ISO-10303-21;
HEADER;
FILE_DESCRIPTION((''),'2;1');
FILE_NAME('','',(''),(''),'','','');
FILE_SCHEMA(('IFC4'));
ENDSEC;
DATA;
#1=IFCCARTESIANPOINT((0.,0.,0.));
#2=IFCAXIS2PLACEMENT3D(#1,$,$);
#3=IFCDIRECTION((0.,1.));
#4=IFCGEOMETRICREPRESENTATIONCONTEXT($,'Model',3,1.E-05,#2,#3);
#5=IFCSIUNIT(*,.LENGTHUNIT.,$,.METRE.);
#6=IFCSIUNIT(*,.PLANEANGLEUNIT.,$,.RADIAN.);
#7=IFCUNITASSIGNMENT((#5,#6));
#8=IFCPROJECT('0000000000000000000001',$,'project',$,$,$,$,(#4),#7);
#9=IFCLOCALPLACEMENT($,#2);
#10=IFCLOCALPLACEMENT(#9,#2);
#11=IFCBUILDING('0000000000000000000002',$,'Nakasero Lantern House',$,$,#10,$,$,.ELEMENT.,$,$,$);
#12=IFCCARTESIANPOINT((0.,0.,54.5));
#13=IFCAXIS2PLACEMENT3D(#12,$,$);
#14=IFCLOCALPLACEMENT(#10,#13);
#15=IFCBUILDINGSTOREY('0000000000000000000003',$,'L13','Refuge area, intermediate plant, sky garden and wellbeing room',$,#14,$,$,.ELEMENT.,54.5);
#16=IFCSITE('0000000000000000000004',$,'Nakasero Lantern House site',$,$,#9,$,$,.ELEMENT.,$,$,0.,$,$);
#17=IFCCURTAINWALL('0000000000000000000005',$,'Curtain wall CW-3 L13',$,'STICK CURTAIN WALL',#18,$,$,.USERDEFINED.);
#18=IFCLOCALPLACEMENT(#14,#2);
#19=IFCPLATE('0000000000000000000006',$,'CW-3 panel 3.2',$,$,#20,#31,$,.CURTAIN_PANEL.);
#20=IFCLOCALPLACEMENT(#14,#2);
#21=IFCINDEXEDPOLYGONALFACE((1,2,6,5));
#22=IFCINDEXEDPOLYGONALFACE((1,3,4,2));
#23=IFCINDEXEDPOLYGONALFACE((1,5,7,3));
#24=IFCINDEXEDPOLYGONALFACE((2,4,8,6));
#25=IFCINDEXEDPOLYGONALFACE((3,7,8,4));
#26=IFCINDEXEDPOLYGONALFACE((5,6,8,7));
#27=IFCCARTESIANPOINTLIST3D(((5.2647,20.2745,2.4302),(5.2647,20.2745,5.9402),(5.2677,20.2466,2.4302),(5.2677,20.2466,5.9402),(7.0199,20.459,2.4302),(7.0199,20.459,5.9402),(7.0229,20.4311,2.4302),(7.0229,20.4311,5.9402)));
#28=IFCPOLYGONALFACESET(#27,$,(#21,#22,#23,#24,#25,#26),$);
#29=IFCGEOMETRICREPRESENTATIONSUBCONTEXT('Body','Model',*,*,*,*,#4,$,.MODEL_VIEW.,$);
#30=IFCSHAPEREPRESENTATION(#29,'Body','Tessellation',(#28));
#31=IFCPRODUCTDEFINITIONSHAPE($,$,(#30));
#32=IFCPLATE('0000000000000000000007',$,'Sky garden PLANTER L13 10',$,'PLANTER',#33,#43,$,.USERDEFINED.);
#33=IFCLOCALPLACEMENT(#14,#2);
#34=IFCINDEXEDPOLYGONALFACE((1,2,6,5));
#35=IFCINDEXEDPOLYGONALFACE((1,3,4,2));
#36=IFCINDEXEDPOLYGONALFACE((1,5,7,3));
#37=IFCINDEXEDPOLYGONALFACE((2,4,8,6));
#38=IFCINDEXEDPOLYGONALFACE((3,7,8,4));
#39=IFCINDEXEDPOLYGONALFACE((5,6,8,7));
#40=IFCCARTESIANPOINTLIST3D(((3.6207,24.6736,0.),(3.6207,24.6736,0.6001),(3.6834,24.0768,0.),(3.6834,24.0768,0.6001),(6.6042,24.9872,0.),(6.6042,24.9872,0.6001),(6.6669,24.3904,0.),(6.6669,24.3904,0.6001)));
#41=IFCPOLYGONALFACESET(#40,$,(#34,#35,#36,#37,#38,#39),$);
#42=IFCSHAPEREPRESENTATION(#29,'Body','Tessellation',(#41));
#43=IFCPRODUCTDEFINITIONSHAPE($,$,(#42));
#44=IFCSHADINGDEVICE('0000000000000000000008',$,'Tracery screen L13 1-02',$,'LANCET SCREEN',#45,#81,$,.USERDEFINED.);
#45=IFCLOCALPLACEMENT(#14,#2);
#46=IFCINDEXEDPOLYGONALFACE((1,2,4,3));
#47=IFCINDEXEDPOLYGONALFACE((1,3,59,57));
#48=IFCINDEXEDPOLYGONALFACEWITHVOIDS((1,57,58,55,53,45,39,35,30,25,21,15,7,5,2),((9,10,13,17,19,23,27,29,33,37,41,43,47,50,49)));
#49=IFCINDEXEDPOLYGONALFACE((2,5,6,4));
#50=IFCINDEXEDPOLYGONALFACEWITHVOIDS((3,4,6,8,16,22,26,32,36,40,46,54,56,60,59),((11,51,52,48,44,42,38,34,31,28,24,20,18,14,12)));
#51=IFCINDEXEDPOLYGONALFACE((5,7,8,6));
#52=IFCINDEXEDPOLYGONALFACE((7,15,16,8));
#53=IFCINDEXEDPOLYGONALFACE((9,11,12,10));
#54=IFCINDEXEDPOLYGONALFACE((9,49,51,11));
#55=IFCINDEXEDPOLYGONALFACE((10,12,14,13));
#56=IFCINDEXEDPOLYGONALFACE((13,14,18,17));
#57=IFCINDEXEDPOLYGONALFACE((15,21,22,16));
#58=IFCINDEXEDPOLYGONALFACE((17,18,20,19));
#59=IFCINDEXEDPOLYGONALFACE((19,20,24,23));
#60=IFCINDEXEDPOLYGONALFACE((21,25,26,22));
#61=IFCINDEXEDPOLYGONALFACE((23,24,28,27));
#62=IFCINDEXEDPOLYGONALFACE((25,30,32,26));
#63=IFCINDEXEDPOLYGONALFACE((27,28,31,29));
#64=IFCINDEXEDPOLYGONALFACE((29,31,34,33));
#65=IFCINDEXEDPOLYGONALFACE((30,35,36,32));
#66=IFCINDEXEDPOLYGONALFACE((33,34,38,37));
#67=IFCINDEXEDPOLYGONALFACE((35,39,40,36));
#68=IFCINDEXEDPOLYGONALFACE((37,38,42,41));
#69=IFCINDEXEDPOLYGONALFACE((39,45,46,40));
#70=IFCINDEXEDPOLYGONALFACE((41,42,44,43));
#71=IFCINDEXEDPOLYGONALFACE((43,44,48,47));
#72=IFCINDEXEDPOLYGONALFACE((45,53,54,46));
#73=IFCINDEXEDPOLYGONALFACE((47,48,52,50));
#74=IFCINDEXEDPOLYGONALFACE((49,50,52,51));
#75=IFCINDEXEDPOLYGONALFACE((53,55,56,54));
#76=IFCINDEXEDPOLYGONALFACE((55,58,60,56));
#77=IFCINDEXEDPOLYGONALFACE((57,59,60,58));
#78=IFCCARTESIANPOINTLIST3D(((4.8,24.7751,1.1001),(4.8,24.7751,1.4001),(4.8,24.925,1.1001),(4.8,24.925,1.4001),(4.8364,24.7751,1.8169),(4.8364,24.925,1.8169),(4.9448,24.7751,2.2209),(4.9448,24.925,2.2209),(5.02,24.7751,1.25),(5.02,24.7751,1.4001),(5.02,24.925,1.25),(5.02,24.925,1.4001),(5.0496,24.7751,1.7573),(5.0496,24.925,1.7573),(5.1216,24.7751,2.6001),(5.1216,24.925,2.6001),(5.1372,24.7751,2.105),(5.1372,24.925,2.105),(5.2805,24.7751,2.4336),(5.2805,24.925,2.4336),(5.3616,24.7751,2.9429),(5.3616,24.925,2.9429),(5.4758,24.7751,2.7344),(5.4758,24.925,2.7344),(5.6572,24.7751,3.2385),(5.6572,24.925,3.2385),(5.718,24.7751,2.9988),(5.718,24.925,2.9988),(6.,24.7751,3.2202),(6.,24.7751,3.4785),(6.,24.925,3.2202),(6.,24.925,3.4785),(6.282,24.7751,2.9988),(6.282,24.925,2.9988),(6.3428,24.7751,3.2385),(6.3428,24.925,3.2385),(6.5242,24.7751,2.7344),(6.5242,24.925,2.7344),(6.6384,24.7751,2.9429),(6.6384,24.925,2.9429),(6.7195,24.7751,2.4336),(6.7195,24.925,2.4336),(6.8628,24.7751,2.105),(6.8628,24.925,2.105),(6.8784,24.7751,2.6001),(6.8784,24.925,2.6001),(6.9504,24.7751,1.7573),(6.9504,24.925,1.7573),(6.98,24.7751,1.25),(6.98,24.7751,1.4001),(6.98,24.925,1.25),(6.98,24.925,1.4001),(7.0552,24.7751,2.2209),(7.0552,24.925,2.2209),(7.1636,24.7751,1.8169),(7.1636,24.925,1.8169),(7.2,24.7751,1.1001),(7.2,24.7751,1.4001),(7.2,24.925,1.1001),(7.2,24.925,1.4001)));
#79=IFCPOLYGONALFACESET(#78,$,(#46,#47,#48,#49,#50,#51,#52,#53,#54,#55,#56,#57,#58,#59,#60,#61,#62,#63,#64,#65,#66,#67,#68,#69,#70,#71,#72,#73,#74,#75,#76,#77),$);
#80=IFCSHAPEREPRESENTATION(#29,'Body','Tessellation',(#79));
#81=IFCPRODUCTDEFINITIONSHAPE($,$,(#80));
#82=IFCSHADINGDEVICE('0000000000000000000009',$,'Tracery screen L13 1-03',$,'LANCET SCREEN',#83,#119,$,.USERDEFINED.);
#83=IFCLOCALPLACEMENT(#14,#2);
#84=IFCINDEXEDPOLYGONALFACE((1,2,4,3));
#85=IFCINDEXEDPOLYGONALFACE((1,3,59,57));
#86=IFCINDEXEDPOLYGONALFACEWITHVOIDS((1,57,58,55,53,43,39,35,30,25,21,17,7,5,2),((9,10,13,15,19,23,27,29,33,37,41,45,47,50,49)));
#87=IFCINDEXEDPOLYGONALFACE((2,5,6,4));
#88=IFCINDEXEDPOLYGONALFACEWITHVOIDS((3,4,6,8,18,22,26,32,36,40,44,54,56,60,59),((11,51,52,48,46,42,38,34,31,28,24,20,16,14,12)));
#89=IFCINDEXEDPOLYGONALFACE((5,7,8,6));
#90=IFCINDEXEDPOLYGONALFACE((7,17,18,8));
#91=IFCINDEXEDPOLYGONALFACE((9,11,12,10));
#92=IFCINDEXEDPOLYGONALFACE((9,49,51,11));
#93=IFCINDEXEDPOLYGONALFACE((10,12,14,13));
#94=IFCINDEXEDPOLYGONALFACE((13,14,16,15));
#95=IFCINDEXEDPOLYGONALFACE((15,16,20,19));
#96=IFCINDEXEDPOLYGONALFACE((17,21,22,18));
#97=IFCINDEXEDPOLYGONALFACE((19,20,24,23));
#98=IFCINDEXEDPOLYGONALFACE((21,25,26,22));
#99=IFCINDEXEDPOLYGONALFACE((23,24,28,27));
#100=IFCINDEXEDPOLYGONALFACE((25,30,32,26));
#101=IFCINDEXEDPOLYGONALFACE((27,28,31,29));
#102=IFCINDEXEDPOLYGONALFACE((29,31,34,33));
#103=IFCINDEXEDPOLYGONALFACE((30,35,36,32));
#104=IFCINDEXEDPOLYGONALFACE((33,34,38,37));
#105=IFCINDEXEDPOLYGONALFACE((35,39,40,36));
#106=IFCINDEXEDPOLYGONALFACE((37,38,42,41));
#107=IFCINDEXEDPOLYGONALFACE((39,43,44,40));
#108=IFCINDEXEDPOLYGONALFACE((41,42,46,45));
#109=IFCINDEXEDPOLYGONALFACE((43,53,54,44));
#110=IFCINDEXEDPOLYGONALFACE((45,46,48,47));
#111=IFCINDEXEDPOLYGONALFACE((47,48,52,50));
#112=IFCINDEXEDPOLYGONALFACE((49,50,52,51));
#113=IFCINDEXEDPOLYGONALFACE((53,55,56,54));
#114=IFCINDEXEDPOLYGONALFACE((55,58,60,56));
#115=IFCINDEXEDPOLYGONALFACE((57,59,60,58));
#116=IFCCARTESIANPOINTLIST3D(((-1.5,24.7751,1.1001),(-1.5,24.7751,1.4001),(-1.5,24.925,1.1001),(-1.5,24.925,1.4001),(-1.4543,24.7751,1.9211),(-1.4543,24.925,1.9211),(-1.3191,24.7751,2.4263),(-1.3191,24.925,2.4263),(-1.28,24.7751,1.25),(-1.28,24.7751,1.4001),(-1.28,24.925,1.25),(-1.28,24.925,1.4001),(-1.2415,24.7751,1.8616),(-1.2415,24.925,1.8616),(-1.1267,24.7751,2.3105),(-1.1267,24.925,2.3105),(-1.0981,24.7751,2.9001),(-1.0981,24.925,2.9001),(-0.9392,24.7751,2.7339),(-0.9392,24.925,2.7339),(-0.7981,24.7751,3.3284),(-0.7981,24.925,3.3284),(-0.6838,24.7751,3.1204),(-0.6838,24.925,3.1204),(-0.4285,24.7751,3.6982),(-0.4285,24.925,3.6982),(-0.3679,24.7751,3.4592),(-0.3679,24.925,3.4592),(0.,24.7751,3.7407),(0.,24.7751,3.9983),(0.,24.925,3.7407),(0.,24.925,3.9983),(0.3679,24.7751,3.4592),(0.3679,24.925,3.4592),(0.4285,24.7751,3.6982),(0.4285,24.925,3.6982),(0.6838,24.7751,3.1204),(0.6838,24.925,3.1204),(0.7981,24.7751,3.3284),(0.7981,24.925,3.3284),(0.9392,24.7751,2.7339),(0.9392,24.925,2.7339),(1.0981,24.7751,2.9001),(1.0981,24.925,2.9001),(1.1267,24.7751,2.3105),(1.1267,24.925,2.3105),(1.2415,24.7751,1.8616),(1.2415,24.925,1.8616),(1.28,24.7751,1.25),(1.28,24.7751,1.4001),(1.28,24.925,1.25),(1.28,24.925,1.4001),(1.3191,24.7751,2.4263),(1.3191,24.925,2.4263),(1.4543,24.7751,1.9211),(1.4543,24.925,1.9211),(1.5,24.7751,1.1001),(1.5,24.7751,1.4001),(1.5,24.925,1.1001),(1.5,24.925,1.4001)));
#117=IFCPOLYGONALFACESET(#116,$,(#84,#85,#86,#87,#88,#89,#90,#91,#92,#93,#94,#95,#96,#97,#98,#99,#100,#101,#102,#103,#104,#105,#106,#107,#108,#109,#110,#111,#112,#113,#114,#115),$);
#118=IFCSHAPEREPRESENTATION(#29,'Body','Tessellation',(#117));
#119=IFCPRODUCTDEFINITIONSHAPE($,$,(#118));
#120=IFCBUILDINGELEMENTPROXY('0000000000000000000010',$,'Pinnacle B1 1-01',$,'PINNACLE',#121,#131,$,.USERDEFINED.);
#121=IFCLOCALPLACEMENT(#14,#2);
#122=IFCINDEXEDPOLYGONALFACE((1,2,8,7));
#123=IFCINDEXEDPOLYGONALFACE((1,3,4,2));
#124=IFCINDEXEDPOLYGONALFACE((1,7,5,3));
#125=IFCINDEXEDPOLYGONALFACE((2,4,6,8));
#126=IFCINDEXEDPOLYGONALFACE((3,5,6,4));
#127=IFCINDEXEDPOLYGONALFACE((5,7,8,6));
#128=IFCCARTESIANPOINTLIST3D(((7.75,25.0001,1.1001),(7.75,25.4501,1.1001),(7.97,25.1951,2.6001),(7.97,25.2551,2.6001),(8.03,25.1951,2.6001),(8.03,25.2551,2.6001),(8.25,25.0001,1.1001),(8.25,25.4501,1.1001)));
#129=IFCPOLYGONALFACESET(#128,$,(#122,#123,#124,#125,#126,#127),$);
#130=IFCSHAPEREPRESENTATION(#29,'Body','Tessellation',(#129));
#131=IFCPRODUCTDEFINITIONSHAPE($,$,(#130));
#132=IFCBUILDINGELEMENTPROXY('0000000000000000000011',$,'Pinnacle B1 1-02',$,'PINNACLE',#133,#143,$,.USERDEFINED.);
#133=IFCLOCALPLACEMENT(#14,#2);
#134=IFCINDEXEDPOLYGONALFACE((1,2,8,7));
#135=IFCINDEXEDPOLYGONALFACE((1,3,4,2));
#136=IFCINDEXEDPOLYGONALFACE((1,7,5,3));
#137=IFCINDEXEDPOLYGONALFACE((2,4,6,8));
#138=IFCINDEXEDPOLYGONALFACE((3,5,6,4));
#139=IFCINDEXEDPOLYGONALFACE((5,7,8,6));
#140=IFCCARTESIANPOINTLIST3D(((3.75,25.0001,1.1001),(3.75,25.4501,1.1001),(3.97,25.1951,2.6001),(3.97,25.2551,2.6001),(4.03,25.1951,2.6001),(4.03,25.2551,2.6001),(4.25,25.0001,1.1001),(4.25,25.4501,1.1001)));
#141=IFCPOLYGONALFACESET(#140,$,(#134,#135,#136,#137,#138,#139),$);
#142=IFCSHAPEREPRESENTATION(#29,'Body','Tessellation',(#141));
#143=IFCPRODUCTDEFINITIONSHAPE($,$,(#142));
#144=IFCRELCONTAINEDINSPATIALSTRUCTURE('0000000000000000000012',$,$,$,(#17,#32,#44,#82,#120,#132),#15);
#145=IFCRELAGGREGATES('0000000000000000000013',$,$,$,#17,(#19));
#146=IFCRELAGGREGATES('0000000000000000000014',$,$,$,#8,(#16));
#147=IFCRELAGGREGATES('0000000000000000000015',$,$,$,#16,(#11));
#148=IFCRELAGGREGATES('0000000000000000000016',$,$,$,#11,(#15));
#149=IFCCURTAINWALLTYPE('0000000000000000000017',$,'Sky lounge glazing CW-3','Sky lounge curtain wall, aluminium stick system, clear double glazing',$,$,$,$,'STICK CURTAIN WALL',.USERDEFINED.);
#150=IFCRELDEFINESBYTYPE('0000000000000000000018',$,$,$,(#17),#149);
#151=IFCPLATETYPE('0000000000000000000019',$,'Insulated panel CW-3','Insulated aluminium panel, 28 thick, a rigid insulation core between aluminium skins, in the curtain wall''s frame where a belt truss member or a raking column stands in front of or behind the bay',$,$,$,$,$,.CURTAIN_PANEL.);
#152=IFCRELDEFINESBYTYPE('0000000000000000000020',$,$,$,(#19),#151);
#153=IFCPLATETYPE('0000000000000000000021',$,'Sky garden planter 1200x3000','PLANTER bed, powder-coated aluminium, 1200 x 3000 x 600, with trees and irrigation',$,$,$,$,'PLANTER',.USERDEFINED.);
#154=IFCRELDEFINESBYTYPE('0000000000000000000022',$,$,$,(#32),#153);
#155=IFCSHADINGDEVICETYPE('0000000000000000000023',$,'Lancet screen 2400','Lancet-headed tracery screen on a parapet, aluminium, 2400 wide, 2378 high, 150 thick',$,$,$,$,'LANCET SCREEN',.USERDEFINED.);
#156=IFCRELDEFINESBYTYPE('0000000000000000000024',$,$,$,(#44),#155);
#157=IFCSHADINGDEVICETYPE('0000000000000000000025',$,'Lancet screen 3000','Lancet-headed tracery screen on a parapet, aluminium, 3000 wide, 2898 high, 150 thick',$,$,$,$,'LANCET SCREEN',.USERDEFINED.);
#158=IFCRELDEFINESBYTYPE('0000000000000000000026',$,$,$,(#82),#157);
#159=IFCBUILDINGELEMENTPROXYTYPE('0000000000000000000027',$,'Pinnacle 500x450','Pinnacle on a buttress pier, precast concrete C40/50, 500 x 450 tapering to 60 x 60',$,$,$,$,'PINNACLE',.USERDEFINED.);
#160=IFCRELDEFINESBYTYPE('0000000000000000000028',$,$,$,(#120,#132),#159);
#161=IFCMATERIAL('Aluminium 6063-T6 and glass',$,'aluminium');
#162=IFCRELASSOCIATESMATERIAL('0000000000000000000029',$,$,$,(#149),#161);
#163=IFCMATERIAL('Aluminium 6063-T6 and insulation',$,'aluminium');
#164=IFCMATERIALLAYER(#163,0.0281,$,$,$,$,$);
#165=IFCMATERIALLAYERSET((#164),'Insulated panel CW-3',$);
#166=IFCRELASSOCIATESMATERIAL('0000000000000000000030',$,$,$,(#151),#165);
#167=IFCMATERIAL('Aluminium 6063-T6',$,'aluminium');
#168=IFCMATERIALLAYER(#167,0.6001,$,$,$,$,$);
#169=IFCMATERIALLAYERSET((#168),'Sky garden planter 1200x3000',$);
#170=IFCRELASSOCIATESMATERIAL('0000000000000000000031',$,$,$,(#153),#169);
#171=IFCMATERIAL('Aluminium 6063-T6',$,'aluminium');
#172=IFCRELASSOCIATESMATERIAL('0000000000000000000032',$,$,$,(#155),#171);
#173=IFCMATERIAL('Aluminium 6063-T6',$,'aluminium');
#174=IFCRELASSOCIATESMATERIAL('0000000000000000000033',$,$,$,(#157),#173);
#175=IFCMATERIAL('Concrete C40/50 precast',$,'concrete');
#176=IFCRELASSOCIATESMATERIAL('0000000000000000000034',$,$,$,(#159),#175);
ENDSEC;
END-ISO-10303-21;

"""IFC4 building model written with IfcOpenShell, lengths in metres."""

from ifc_helpers import new_model, entity, si_unit, direction, frame, origin, origin_2d, place, context, subcontext, project, spatial, polyline, rectangle, outline, extrude, material, layer, layer_set, type_object, element, aggregate, save


model = new_model("IFC4")

# Units and contexts
model_context = context("Model", 3, precision=1e-05, world=origin(), true_north=direction((0.0, 1.0)))
body_context = subcontext(model_context, "Body", "Model", "MODEL_VIEW")
ifc_project = project(units=[si_unit("LENGTHUNIT", "METRE"), si_unit("PLANEANGLEUNIT", "RADIAN")], contexts=[model_context])

# Site, building, storey
site_placement = place(None, origin())
site = spatial("IfcSite", under=ifc_project, at=site_placement, Name="Nakasero Lantern House site", CompositionType="ELEMENT", RefElevation=0.0)
building_placement = place(site_placement, origin())
building = spatial("IfcBuilding", under=site, at=building_placement, Name="Nakasero Lantern House", CompositionType="ELEMENT")
storey_placement = place(building_placement, frame((0.0, 0.0, 54.5)))
storey = spatial("IfcBuildingStorey", under=building, at=storey_placement, Name="L13", Description="Refuge area, intermediate plant, sky garden and wellbeing room", CompositionType="ELEMENT", Elevation=54.5)

# Curtain wall
ifc_material_1 = material(Name="Aluminium 6063-T6 and glass", Category="aluminium")
curtain_wall_type = type_object("IfcCurtainWallType", Name="Sky lounge glazing CW-3", Description="Sky lounge curtain wall, aluminium stick system, clear double glazing", ElementType="STICK CURTAIN WALL", PredefinedType="USERDEFINED", material=ifc_material_1)
curtain_wall_placement = place(storey_placement, origin())
curtain_wall = element("IfcCurtainWall", 1, at=curtain_wall_placement, inside=storey, type_object=curtain_wall_type, Name="Curtain wall CW-3 L13", ObjectType="STICK CURTAIN WALL", PredefinedType="USERDEFINED")

# Plates
ifc_material_2 = material(Name="Aluminium 6063-T6 and insulation", Category="aluminium")
ifc_layer_1 = layer(ifc_material_2, 0.0281)
ifc_layer_set_1 = layer_set([ifc_layer_1], Name="Insulated panel CW-3")
plate_type_1 = type_object("IfcPlateType", Name="Insulated panel CW-3", Description="Insulated aluminium panel, 28 thick, a rigid insulation core between aluminium skins, in the curtain wall's frame where a belt truss member or a raking column stands in front of or behind the bay", PredefinedType="CURTAIN_PANEL", material=ifc_layer_set_1)
plate_1_placement = place(storey_placement, frame((6.1438, 20.3528, 2.4302), z_axis=(0.0, 0.0, 1.0), x_axis=(-0.994522, -0.104528, 0.0)))
plate_1 = element("IfcPlate", 2, at=plate_1_placement, type_object=plate_type_1, Name="CW-3 panel 3.2", PredefinedType="CURTAIN_PANEL", context=body_context, shape_type="SweptSolid", body=[
    extrude(rectangle(XDim=1.7649, YDim=0.0281, at=origin_2d()), origin(), (0.0, 0.0, 1.0), 3.51),
])
aggregate(curtain_wall, [plate_1])
ifc_material_3 = material(Name="Aluminium 6063-T6", Category="aluminium")
ifc_layer_2 = layer(ifc_material_3, 0.6001)
ifc_layer_set_2 = layer_set([ifc_layer_2], Name="Sky garden planter 1200x3000")
plate_type_2 = type_object("IfcPlateType", Name="Sky garden planter 1200x3000", Description="PLANTER bed, powder-coated aluminium, 1200 x 3000 x 600, with trees and irrigation", ElementType="PLANTER", PredefinedType="USERDEFINED", material=ifc_layer_set_2)
plate_2_placement = place(storey_placement, frame((5.1438, 24.532, 0.0), z_axis=(0.0, 0.0, 1.0), x_axis=(-0.104528, 0.994522, 0.0)))
element("IfcPlate", 3, at=plate_2_placement, inside=storey, type_object=plate_type_2, Name="Sky garden PLANTER L13 10", ObjectType="PLANTER", PredefinedType="USERDEFINED", context=body_context, shape_type="SweptSolid", body=[
    extrude(rectangle(XDim=0.6001, YDim=3.0, at=origin_2d()), origin(), (0.0, 0.0, 1.0), 0.6001),
])

# Shading devices
ifc_material_4 = material(Name="Aluminium 6063-T6", Category="aluminium")
shading_device_type_1 = type_object("IfcShadingDeviceType", Name="Lancet screen 2400", Description="Lancet-headed tracery screen on a parapet, aluminium, 2400 wide, 2378 high, 150 thick", ElementType="LANCET SCREEN", PredefinedType="USERDEFINED", material=ifc_material_4)
shading_device_1_placement = place(storey_placement, frame((6.0, 24.8501, 1.1001), z_axis=(0.0, 0.0, 1.0), x_axis=(-1.0, 0.0, 0.0)))
element("IfcShadingDevice", 4, at=shading_device_1_placement, inside=storey, type_object=shading_device_type_1, Name="Tracery screen L13 1-02", ObjectType="LANCET SCREEN", PredefinedType="USERDEFINED", context=body_context, shape_type="SweptSolid", body=[
    extrude(outline(polyline([(-1.2, 0.0), (1.2, 0.0), (1.2, 0.3), (1.1636, 0.7168), (1.0552, 1.1208), (0.8784, 1.5), (0.6384, 1.8428), (0.3428, 2.1384), (0.0, 2.3784), (-0.3428, 2.1384), (-0.6384, 1.8428), (-0.8784, 1.5), (-1.0552, 1.1208), (-1.1636, 0.7168), (-1.2, 0.3), (-1.2, 0.0)]), holes=[polyline([(-0.98, 0.1499), (0.98, 0.1499), (0.98, 0.3), (0.9504, 0.6572), (0.8628, 1.0049), (0.7195, 1.3335), (0.5242, 1.6343), (0.282, 1.8987), (0.0, 2.1201), (-0.282, 1.8987), (-0.5242, 1.6343), (-0.7195, 1.3335), (-0.8628, 1.0049), (-0.9504, 0.6572), (-0.98, 0.3), (-0.98, 0.1499)])]), frame((0.0, 0.075, 0.0), z_axis=(0.0, -1.0, 0.0), x_axis=(1.0, 0.0, 0.0)), (0.0, 0.0, 1.0), 0.1499),
])
ifc_material_5 = material(Name="Aluminium 6063-T6", Category="aluminium")
shading_device_type_2 = type_object("IfcShadingDeviceType", Name="Lancet screen 3000", Description="Lancet-headed tracery screen on a parapet, aluminium, 3000 wide, 2898 high, 150 thick", ElementType="LANCET SCREEN", PredefinedType="USERDEFINED", material=ifc_material_5)
shading_device_2_placement = place(storey_placement, frame((0.0, 24.8501, 1.1001), z_axis=(0.0, 0.0, 1.0), x_axis=(-1.0, 0.0, 0.0)))
element("IfcShadingDevice", 5, at=shading_device_2_placement, inside=storey, type_object=shading_device_type_2, Name="Tracery screen L13 1-03", ObjectType="LANCET SCREEN", PredefinedType="USERDEFINED", context=body_context, shape_type="SweptSolid", body=[
    extrude(outline(polyline([(-1.5, 0.0), (1.5, 0.0), (1.5, 0.3), (1.4543, 0.821), (1.3191, 1.3262), (1.0981, 1.8), (0.7981, 2.2283), (0.4285, 2.5981), (0.0, 2.8982), (-0.4285, 2.5981), (-0.7981, 2.2283), (-1.0981, 1.8), (-1.3191, 1.3262), (-1.4543, 0.821), (-1.5, 0.3), (-1.5, 0.0)]), holes=[polyline([(-1.28, 0.1499), (1.28, 0.1499), (1.28, 0.3), (1.2415, 0.7615), (1.1267, 1.2104), (0.9392, 1.6338), (0.6838, 2.0203), (0.3679, 2.3591), (0.0, 2.6406), (-0.3679, 2.3591), (-0.6838, 2.0203), (-0.9392, 1.6338), (-1.1267, 1.2104), (-1.2415, 0.7615), (-1.28, 0.3), (-1.28, 0.1499)])]), frame((0.0, 0.075, 0.0), z_axis=(0.0, -1.0, 0.0), x_axis=(1.0, 0.0, 0.0)), (0.0, 0.0, 1.0), 0.1499),
])

# Building element proxies
ifc_material_6 = material(Name="Concrete C40/50 precast", Category="concrete")
building_element_proxy_type = type_object("IfcBuildingElementProxyType", Name="Pinnacle 500x450", Description="Pinnacle on a buttress pier, precast concrete C40/50, 500 x 450 tapering to 60 x 60", ElementType="PINNACLE", PredefinedType="USERDEFINED", material=ifc_material_6)
for number, where, z_axis, x_axis, name in (
    (6, (8.0, 25.2251, 1.1001), (0.0, 0.0, 1.0), (0.0, 1.0, 0.0), "Pinnacle B1 1-01"),
    (7, (4.0, 25.2251, 1.1001), (0.0, 0.0, 1.0), (0.0, 1.0, 0.0), "Pinnacle B1 1-02"),
):
    element("IfcBuildingElementProxy", number, at=place(storey_placement, frame(where, z_axis=z_axis, x_axis=x_axis)), inside=storey, type_object=building_element_proxy_type, Name=name, ObjectType="PINNACLE", PredefinedType="USERDEFINED", context=body_context, shape_type="SweptSolid", body=[
        entity("IfcExtrudedAreaSolidTapered", entity("IfcRectangleProfileDef", "AREA", None, entity("IfcAxis2Placement2D", entity("IfcCartesianPoint", [0.0, 0.0])), 0.45, 0.5), entity("IfcAxis2Placement3D", entity("IfcCartesianPoint", [0.0, 0.0, 0.0])), entity("IfcDirection", [0.0, 0.0, 1.0]), 1.5, entity("IfcRectangleProfileDef", "AREA", None, entity("IfcAxis2Placement2D", entity("IfcCartesianPoint", [0.0, 0.0])), 0.0601, 0.0601)),
    ])

save(model, "model.ifc")
